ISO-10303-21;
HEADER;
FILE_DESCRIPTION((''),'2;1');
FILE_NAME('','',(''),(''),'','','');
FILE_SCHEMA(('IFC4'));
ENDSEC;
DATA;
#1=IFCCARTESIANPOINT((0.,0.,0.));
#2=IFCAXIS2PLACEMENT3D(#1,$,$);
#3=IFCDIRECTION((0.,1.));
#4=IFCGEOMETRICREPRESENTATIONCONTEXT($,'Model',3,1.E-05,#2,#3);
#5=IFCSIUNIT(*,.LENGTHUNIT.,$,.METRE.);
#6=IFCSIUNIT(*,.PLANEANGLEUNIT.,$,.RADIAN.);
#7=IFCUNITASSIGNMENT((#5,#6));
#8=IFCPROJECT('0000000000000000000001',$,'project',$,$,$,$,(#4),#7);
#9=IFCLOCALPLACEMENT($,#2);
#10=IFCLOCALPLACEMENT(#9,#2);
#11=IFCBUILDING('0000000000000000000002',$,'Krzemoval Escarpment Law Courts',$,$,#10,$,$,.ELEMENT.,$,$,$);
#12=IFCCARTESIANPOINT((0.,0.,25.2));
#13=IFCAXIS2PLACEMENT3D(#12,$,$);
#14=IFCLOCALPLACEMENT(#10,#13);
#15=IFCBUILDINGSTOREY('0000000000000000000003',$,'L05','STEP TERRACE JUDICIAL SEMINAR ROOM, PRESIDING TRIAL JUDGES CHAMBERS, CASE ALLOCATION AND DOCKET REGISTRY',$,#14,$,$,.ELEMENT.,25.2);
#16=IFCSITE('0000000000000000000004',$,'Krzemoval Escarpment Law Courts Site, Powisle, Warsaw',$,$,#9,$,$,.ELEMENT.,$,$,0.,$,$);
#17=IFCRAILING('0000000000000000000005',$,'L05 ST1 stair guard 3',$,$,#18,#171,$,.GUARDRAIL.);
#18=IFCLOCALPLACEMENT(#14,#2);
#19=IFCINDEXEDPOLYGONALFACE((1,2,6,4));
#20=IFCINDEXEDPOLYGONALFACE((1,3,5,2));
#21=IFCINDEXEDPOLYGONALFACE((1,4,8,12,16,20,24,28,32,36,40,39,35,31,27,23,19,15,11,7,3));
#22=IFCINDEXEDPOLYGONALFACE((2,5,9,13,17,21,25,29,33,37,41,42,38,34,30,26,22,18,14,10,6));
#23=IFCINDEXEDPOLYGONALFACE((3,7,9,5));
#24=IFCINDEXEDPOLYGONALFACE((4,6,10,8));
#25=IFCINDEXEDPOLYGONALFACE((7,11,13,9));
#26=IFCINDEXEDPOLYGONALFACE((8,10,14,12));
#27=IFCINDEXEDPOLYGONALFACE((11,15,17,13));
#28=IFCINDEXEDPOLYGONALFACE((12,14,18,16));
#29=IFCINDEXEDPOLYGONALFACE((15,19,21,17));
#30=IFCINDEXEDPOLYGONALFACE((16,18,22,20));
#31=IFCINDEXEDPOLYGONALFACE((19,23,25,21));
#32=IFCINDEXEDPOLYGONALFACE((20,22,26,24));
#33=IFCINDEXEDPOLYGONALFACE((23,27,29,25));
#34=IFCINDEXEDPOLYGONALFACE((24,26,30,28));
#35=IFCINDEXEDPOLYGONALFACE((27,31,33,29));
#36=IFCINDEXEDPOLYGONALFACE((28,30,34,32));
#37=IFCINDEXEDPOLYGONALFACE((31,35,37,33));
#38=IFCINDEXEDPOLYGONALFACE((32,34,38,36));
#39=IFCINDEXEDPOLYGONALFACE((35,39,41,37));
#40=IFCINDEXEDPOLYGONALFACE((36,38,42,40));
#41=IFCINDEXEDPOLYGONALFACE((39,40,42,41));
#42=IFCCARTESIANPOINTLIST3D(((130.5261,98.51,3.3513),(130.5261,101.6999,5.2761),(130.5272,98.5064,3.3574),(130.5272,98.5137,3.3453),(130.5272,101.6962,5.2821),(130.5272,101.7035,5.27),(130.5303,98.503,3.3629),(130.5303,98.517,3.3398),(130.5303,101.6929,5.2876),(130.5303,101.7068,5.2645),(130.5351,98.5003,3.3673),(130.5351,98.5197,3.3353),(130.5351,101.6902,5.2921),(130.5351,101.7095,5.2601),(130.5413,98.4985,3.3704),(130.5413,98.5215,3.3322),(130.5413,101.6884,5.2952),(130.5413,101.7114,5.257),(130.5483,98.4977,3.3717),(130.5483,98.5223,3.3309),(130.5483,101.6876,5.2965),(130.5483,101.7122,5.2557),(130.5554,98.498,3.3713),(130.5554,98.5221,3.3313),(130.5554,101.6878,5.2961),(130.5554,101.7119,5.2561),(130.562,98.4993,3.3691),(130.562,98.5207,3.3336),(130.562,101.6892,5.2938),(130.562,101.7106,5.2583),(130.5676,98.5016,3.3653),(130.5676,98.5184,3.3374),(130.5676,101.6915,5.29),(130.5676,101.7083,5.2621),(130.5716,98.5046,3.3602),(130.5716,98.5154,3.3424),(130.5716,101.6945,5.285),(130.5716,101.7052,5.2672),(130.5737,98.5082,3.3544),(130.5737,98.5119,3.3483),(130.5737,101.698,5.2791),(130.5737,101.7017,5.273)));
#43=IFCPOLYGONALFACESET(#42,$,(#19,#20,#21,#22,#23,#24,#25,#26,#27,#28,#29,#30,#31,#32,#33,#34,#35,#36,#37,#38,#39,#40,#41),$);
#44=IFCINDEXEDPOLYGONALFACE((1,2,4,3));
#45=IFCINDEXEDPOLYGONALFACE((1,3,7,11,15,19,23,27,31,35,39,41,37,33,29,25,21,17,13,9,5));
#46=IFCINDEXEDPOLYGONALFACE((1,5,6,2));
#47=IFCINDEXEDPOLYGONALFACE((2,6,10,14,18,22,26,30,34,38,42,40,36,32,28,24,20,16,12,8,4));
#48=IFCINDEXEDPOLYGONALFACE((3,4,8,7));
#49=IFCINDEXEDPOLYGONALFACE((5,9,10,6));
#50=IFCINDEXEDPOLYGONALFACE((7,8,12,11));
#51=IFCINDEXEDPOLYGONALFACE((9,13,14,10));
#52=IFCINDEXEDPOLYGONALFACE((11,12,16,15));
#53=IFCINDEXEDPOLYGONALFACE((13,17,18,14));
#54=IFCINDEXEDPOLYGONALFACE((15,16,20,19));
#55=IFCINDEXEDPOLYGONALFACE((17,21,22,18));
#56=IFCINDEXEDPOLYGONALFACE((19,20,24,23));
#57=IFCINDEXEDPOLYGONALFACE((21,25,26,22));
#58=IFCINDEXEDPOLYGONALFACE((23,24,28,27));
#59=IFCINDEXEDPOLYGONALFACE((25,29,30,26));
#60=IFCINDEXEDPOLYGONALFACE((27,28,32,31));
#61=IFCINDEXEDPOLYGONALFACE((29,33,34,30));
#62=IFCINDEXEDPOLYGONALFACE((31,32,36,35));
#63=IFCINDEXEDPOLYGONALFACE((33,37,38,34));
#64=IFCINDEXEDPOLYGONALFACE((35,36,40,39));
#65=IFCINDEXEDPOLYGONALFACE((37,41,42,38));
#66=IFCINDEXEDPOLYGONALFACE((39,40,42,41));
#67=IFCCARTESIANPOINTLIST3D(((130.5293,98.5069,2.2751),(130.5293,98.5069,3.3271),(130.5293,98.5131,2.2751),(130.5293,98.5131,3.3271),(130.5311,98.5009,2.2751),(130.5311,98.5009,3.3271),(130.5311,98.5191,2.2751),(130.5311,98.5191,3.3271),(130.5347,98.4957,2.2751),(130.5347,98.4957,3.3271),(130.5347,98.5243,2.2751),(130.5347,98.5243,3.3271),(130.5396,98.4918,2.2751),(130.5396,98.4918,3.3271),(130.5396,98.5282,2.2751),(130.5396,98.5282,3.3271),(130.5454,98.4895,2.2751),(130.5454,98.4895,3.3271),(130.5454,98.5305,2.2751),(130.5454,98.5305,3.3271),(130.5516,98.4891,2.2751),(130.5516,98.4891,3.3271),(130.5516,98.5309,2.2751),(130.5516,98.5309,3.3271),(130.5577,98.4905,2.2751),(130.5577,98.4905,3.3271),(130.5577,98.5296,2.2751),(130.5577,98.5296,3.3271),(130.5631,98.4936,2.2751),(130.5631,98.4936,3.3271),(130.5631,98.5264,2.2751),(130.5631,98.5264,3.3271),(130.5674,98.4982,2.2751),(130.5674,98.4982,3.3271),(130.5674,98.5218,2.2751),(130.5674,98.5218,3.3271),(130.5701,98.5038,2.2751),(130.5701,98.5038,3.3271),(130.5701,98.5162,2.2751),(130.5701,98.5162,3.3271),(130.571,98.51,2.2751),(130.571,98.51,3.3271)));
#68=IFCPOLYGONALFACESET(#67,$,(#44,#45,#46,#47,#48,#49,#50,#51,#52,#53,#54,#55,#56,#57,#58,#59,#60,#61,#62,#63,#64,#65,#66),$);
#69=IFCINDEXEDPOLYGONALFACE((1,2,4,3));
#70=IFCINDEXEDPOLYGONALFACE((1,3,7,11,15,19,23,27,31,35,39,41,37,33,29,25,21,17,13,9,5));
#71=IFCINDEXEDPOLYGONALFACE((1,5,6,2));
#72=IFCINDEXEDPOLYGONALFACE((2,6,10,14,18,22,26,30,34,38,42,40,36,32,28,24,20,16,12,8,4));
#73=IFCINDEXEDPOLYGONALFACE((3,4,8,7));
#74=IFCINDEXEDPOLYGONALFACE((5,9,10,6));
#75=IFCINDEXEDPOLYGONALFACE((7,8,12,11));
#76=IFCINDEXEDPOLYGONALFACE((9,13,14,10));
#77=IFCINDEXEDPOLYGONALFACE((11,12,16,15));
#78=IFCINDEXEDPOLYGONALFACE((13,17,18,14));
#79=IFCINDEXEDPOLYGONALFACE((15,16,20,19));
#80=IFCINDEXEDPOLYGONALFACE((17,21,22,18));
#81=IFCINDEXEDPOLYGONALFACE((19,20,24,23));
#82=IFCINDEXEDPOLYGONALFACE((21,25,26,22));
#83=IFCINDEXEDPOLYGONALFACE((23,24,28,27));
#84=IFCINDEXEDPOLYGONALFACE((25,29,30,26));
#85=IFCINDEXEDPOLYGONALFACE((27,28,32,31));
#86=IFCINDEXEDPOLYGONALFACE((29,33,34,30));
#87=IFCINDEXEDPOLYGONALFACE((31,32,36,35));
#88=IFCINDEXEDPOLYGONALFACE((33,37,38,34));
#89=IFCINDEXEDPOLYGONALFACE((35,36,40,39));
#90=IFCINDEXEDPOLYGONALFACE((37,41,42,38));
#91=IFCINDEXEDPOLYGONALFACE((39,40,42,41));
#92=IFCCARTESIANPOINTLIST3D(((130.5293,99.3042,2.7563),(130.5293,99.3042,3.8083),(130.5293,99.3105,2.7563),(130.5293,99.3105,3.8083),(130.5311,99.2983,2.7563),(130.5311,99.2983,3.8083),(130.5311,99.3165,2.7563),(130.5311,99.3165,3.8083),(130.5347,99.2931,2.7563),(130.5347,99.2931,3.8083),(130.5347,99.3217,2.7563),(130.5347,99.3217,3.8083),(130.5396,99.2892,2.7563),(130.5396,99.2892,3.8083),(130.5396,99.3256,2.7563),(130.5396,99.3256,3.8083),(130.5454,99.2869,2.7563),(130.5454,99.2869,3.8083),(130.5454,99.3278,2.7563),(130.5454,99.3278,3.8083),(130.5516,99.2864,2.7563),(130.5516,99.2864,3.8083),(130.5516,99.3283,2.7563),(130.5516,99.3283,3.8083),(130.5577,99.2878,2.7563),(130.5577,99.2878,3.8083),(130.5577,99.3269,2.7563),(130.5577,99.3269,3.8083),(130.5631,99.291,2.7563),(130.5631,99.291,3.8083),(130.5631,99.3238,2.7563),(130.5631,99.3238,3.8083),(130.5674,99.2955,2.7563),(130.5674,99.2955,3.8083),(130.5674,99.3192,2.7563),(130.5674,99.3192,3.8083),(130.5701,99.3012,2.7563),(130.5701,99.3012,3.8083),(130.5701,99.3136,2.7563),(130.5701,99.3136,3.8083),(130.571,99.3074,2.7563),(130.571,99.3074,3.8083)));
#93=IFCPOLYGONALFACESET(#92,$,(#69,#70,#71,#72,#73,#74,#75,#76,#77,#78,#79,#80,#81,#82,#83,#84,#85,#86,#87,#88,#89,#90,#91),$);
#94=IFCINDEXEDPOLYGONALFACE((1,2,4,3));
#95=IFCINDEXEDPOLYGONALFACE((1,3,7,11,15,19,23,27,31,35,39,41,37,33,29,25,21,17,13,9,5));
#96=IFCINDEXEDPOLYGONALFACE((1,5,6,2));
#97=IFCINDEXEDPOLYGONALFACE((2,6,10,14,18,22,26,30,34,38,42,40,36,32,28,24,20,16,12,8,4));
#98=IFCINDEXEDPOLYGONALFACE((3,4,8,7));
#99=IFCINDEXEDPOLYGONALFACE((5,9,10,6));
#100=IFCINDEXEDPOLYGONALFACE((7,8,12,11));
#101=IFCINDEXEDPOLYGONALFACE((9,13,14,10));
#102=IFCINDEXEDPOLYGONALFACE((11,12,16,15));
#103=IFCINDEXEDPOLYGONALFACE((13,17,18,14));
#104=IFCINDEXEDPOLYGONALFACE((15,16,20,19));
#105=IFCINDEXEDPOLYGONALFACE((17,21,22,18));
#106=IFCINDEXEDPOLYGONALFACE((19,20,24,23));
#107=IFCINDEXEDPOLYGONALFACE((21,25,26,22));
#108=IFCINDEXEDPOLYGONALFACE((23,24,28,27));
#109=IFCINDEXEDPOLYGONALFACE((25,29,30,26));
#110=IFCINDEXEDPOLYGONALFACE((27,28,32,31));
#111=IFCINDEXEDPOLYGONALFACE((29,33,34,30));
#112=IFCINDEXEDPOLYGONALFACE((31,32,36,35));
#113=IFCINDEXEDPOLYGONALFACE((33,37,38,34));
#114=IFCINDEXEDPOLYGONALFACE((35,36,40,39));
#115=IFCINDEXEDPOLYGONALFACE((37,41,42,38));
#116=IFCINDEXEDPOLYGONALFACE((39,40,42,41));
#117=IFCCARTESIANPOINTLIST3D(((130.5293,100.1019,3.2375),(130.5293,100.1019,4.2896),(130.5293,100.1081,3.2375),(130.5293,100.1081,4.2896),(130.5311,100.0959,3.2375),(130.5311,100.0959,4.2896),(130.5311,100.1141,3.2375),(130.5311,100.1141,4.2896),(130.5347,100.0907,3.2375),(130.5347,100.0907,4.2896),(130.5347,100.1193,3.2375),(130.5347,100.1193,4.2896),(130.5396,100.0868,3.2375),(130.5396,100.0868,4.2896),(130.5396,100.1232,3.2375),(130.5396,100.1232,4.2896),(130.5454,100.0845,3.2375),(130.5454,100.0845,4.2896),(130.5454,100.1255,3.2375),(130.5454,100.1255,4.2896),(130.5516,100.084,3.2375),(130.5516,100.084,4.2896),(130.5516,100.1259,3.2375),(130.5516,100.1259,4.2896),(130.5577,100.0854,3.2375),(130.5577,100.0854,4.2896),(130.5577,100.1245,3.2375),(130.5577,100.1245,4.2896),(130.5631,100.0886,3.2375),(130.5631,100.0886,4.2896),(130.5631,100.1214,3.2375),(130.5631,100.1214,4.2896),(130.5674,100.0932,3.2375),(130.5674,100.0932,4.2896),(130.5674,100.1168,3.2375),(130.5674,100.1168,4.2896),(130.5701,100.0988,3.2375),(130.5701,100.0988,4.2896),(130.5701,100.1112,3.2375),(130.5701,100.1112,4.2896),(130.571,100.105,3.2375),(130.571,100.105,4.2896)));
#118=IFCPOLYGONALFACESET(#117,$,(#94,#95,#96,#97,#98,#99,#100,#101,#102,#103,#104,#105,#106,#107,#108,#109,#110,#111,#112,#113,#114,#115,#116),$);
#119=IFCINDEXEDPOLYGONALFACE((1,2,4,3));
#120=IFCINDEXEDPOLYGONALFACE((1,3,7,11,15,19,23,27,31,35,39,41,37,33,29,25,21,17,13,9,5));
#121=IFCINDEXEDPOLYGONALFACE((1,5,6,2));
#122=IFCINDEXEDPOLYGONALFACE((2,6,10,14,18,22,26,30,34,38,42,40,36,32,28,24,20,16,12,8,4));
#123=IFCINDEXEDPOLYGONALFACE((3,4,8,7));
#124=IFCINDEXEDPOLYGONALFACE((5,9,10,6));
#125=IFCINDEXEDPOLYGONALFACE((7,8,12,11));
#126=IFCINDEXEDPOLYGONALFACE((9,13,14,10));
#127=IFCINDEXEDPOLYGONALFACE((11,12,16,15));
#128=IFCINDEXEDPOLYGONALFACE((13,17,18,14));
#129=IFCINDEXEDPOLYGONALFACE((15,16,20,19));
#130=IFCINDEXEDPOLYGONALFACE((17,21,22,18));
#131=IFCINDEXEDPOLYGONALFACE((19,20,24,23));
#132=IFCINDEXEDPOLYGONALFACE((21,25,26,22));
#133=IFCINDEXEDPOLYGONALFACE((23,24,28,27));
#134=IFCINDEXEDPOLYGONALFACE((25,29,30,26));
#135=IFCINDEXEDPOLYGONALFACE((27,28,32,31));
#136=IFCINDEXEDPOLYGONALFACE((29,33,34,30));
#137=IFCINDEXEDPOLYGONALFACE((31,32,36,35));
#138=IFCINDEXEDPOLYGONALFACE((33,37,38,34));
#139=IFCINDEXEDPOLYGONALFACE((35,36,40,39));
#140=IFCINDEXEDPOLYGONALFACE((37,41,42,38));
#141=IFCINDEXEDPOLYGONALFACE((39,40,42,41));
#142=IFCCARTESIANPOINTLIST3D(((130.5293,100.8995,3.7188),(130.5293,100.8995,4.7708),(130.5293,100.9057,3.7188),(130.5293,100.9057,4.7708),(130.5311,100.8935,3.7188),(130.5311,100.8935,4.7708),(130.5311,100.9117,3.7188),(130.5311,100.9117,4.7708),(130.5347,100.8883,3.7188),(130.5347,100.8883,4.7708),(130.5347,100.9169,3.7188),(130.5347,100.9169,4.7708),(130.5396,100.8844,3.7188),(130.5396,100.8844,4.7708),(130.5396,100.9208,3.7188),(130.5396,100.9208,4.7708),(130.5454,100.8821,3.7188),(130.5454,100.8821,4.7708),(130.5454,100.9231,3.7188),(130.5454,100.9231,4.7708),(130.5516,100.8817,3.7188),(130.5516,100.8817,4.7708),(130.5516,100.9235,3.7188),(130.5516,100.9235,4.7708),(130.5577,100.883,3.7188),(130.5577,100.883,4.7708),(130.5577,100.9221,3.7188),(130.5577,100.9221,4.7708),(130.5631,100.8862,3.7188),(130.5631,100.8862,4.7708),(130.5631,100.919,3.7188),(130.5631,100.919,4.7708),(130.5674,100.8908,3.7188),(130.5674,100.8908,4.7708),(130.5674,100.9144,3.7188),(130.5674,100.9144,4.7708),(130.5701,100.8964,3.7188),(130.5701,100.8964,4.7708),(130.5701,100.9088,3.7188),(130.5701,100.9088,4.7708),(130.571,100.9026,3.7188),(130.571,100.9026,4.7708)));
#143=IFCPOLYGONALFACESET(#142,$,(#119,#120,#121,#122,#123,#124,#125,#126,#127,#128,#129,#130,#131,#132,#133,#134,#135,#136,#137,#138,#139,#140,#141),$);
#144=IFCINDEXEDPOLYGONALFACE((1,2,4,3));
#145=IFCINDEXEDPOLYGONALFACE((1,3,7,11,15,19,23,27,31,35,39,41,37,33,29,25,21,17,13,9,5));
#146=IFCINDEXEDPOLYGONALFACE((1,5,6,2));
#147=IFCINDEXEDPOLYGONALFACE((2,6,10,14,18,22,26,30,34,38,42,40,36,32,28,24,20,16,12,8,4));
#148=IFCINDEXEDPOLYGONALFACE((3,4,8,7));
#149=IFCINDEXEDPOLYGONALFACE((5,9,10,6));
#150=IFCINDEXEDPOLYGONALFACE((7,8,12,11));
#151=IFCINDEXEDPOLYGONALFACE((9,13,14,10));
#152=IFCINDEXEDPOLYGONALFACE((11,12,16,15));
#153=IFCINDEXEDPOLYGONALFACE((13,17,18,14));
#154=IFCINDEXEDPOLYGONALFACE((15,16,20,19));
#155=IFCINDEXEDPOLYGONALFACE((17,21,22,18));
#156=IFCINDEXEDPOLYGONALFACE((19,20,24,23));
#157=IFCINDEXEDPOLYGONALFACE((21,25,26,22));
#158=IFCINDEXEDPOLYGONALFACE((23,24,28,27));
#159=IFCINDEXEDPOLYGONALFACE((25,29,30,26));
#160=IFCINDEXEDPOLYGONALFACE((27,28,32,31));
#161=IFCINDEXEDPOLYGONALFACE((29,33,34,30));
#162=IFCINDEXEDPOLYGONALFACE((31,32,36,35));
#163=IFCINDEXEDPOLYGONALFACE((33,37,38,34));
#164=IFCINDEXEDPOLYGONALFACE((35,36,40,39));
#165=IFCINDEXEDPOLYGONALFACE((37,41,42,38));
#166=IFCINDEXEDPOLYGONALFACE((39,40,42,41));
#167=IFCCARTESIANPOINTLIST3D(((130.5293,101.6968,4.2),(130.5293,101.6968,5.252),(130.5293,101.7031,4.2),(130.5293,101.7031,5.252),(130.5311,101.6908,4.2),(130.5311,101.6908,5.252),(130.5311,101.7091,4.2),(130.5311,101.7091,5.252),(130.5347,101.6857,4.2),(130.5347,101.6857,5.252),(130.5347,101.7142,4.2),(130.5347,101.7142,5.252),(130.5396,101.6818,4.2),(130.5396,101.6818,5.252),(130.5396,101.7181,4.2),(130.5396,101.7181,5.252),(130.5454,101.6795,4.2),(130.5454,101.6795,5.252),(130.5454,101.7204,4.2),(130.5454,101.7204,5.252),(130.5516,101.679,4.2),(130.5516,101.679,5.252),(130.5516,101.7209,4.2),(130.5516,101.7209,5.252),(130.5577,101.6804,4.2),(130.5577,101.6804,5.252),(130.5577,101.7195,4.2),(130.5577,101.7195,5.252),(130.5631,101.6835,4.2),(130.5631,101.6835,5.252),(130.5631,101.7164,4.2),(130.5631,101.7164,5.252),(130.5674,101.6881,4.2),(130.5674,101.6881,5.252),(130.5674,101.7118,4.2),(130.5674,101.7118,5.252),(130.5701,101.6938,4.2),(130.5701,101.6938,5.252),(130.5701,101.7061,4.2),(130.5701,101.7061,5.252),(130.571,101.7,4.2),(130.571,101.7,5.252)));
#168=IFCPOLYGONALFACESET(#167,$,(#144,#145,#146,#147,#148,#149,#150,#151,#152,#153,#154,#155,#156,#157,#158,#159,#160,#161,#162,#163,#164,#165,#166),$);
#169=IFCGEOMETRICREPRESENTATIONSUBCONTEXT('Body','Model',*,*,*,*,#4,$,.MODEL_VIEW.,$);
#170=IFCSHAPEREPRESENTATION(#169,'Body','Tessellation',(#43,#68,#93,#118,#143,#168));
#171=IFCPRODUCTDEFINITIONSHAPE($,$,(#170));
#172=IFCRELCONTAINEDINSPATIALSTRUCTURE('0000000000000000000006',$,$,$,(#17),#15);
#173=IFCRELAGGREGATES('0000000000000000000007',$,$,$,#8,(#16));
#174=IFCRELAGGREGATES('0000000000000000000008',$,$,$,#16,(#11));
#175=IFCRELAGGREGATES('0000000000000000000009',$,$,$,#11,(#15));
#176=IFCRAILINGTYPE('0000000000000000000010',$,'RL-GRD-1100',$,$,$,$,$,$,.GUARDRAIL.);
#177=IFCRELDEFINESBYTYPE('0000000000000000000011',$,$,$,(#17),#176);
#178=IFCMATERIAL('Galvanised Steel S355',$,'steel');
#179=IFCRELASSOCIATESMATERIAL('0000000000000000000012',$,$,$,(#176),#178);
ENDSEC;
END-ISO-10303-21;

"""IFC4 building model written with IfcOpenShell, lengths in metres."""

from ifc_helpers import new_model, si_unit, direction, frame, origin, origin_2d, place, context, subcontext, project, spatial, circle, extrude, material, type_object, element, save


model = new_model("IFC4")

# Units and contexts
model_context = context("Model", 3, precision=1e-05, world=origin(), true_north=direction((0.0, 1.0)))
body_context = subcontext(model_context, "Body", "Model", "MODEL_VIEW")
ifc_project = project(units=[si_unit("LENGTHUNIT", "METRE"), si_unit("PLANEANGLEUNIT", "RADIAN")], contexts=[model_context])

# Site, building, storey
site_placement = place(None, origin())
site = spatial("IfcSite", under=ifc_project, at=site_placement, Name="Krzemoval Escarpment Law Courts Site, Powisle, Warsaw", CompositionType="ELEMENT", RefElevation=0.0)
building_placement = place(site_placement, origin())
building = spatial("IfcBuilding", under=site, at=building_placement, Name="Krzemoval Escarpment Law Courts", CompositionType="ELEMENT")
storey_placement = place(building_placement, frame((0.0, 0.0, 25.2)))
storey = spatial("IfcBuildingStorey", under=building, at=storey_placement, Name="L05", Description="STEP TERRACE JUDICIAL SEMINAR ROOM, PRESIDING TRIAL JUDGES CHAMBERS, CASE ALLOCATION AND DOCKET REGISTRY", CompositionType="ELEMENT", Elevation=25.2)

# Railing
ifc_material_1 = material(Name="Galvanised Steel S355", Category="steel")
railing_type_1 = type_object("IfcRailingType", Name="RL-GRD-1100", PredefinedType="GUARDRAIL", material=ifc_material_1)
railing_1_placement = place(storey_placement, frame((130.55, 98.51, 2.2751)))
element("IfcRailing", 1, at=railing_1_placement, inside=storey, type_object=railing_type_1, Name="L05 ST1 stair guard 3", PredefinedType="GUARDRAIL", context=body_context, shape_type="SweptSolid", body=[
    extrude(circle(Radius=0.0239, at=origin_2d()), frame((0.0, 0.0, 1.0762), z_axis=(0.0, 0.856207, 0.516633), x_axis=(-1.0, 0.0, 0.0)), (0.0, 0.0, 1.0), 3.7256),
    extrude(circle(Radius=0.021, at=origin_2d()), origin(), (0.0, 0.0, 1.0), 1.052),
    extrude(circle(Radius=0.021, at=origin_2d()), frame((0.0, 0.7974, 0.4812)), (0.0, 0.0, 1.0), 1.052),
    extrude(circle(Radius=0.021, at=origin_2d()), frame((0.0, 1.595, 0.9624)), (0.0, 0.0, 1.0), 1.052),
    extrude(circle(Radius=0.021, at=origin_2d()), frame((0.0, 2.3926, 1.4436)), (0.0, 0.0, 1.0), 1.052),
    extrude(circle(Radius=0.021, at=origin_2d()), frame((0.0, 3.1899, 1.9248)), (0.0, 0.0, 1.0), 1.052),
])

save(model, "model.ifc")
